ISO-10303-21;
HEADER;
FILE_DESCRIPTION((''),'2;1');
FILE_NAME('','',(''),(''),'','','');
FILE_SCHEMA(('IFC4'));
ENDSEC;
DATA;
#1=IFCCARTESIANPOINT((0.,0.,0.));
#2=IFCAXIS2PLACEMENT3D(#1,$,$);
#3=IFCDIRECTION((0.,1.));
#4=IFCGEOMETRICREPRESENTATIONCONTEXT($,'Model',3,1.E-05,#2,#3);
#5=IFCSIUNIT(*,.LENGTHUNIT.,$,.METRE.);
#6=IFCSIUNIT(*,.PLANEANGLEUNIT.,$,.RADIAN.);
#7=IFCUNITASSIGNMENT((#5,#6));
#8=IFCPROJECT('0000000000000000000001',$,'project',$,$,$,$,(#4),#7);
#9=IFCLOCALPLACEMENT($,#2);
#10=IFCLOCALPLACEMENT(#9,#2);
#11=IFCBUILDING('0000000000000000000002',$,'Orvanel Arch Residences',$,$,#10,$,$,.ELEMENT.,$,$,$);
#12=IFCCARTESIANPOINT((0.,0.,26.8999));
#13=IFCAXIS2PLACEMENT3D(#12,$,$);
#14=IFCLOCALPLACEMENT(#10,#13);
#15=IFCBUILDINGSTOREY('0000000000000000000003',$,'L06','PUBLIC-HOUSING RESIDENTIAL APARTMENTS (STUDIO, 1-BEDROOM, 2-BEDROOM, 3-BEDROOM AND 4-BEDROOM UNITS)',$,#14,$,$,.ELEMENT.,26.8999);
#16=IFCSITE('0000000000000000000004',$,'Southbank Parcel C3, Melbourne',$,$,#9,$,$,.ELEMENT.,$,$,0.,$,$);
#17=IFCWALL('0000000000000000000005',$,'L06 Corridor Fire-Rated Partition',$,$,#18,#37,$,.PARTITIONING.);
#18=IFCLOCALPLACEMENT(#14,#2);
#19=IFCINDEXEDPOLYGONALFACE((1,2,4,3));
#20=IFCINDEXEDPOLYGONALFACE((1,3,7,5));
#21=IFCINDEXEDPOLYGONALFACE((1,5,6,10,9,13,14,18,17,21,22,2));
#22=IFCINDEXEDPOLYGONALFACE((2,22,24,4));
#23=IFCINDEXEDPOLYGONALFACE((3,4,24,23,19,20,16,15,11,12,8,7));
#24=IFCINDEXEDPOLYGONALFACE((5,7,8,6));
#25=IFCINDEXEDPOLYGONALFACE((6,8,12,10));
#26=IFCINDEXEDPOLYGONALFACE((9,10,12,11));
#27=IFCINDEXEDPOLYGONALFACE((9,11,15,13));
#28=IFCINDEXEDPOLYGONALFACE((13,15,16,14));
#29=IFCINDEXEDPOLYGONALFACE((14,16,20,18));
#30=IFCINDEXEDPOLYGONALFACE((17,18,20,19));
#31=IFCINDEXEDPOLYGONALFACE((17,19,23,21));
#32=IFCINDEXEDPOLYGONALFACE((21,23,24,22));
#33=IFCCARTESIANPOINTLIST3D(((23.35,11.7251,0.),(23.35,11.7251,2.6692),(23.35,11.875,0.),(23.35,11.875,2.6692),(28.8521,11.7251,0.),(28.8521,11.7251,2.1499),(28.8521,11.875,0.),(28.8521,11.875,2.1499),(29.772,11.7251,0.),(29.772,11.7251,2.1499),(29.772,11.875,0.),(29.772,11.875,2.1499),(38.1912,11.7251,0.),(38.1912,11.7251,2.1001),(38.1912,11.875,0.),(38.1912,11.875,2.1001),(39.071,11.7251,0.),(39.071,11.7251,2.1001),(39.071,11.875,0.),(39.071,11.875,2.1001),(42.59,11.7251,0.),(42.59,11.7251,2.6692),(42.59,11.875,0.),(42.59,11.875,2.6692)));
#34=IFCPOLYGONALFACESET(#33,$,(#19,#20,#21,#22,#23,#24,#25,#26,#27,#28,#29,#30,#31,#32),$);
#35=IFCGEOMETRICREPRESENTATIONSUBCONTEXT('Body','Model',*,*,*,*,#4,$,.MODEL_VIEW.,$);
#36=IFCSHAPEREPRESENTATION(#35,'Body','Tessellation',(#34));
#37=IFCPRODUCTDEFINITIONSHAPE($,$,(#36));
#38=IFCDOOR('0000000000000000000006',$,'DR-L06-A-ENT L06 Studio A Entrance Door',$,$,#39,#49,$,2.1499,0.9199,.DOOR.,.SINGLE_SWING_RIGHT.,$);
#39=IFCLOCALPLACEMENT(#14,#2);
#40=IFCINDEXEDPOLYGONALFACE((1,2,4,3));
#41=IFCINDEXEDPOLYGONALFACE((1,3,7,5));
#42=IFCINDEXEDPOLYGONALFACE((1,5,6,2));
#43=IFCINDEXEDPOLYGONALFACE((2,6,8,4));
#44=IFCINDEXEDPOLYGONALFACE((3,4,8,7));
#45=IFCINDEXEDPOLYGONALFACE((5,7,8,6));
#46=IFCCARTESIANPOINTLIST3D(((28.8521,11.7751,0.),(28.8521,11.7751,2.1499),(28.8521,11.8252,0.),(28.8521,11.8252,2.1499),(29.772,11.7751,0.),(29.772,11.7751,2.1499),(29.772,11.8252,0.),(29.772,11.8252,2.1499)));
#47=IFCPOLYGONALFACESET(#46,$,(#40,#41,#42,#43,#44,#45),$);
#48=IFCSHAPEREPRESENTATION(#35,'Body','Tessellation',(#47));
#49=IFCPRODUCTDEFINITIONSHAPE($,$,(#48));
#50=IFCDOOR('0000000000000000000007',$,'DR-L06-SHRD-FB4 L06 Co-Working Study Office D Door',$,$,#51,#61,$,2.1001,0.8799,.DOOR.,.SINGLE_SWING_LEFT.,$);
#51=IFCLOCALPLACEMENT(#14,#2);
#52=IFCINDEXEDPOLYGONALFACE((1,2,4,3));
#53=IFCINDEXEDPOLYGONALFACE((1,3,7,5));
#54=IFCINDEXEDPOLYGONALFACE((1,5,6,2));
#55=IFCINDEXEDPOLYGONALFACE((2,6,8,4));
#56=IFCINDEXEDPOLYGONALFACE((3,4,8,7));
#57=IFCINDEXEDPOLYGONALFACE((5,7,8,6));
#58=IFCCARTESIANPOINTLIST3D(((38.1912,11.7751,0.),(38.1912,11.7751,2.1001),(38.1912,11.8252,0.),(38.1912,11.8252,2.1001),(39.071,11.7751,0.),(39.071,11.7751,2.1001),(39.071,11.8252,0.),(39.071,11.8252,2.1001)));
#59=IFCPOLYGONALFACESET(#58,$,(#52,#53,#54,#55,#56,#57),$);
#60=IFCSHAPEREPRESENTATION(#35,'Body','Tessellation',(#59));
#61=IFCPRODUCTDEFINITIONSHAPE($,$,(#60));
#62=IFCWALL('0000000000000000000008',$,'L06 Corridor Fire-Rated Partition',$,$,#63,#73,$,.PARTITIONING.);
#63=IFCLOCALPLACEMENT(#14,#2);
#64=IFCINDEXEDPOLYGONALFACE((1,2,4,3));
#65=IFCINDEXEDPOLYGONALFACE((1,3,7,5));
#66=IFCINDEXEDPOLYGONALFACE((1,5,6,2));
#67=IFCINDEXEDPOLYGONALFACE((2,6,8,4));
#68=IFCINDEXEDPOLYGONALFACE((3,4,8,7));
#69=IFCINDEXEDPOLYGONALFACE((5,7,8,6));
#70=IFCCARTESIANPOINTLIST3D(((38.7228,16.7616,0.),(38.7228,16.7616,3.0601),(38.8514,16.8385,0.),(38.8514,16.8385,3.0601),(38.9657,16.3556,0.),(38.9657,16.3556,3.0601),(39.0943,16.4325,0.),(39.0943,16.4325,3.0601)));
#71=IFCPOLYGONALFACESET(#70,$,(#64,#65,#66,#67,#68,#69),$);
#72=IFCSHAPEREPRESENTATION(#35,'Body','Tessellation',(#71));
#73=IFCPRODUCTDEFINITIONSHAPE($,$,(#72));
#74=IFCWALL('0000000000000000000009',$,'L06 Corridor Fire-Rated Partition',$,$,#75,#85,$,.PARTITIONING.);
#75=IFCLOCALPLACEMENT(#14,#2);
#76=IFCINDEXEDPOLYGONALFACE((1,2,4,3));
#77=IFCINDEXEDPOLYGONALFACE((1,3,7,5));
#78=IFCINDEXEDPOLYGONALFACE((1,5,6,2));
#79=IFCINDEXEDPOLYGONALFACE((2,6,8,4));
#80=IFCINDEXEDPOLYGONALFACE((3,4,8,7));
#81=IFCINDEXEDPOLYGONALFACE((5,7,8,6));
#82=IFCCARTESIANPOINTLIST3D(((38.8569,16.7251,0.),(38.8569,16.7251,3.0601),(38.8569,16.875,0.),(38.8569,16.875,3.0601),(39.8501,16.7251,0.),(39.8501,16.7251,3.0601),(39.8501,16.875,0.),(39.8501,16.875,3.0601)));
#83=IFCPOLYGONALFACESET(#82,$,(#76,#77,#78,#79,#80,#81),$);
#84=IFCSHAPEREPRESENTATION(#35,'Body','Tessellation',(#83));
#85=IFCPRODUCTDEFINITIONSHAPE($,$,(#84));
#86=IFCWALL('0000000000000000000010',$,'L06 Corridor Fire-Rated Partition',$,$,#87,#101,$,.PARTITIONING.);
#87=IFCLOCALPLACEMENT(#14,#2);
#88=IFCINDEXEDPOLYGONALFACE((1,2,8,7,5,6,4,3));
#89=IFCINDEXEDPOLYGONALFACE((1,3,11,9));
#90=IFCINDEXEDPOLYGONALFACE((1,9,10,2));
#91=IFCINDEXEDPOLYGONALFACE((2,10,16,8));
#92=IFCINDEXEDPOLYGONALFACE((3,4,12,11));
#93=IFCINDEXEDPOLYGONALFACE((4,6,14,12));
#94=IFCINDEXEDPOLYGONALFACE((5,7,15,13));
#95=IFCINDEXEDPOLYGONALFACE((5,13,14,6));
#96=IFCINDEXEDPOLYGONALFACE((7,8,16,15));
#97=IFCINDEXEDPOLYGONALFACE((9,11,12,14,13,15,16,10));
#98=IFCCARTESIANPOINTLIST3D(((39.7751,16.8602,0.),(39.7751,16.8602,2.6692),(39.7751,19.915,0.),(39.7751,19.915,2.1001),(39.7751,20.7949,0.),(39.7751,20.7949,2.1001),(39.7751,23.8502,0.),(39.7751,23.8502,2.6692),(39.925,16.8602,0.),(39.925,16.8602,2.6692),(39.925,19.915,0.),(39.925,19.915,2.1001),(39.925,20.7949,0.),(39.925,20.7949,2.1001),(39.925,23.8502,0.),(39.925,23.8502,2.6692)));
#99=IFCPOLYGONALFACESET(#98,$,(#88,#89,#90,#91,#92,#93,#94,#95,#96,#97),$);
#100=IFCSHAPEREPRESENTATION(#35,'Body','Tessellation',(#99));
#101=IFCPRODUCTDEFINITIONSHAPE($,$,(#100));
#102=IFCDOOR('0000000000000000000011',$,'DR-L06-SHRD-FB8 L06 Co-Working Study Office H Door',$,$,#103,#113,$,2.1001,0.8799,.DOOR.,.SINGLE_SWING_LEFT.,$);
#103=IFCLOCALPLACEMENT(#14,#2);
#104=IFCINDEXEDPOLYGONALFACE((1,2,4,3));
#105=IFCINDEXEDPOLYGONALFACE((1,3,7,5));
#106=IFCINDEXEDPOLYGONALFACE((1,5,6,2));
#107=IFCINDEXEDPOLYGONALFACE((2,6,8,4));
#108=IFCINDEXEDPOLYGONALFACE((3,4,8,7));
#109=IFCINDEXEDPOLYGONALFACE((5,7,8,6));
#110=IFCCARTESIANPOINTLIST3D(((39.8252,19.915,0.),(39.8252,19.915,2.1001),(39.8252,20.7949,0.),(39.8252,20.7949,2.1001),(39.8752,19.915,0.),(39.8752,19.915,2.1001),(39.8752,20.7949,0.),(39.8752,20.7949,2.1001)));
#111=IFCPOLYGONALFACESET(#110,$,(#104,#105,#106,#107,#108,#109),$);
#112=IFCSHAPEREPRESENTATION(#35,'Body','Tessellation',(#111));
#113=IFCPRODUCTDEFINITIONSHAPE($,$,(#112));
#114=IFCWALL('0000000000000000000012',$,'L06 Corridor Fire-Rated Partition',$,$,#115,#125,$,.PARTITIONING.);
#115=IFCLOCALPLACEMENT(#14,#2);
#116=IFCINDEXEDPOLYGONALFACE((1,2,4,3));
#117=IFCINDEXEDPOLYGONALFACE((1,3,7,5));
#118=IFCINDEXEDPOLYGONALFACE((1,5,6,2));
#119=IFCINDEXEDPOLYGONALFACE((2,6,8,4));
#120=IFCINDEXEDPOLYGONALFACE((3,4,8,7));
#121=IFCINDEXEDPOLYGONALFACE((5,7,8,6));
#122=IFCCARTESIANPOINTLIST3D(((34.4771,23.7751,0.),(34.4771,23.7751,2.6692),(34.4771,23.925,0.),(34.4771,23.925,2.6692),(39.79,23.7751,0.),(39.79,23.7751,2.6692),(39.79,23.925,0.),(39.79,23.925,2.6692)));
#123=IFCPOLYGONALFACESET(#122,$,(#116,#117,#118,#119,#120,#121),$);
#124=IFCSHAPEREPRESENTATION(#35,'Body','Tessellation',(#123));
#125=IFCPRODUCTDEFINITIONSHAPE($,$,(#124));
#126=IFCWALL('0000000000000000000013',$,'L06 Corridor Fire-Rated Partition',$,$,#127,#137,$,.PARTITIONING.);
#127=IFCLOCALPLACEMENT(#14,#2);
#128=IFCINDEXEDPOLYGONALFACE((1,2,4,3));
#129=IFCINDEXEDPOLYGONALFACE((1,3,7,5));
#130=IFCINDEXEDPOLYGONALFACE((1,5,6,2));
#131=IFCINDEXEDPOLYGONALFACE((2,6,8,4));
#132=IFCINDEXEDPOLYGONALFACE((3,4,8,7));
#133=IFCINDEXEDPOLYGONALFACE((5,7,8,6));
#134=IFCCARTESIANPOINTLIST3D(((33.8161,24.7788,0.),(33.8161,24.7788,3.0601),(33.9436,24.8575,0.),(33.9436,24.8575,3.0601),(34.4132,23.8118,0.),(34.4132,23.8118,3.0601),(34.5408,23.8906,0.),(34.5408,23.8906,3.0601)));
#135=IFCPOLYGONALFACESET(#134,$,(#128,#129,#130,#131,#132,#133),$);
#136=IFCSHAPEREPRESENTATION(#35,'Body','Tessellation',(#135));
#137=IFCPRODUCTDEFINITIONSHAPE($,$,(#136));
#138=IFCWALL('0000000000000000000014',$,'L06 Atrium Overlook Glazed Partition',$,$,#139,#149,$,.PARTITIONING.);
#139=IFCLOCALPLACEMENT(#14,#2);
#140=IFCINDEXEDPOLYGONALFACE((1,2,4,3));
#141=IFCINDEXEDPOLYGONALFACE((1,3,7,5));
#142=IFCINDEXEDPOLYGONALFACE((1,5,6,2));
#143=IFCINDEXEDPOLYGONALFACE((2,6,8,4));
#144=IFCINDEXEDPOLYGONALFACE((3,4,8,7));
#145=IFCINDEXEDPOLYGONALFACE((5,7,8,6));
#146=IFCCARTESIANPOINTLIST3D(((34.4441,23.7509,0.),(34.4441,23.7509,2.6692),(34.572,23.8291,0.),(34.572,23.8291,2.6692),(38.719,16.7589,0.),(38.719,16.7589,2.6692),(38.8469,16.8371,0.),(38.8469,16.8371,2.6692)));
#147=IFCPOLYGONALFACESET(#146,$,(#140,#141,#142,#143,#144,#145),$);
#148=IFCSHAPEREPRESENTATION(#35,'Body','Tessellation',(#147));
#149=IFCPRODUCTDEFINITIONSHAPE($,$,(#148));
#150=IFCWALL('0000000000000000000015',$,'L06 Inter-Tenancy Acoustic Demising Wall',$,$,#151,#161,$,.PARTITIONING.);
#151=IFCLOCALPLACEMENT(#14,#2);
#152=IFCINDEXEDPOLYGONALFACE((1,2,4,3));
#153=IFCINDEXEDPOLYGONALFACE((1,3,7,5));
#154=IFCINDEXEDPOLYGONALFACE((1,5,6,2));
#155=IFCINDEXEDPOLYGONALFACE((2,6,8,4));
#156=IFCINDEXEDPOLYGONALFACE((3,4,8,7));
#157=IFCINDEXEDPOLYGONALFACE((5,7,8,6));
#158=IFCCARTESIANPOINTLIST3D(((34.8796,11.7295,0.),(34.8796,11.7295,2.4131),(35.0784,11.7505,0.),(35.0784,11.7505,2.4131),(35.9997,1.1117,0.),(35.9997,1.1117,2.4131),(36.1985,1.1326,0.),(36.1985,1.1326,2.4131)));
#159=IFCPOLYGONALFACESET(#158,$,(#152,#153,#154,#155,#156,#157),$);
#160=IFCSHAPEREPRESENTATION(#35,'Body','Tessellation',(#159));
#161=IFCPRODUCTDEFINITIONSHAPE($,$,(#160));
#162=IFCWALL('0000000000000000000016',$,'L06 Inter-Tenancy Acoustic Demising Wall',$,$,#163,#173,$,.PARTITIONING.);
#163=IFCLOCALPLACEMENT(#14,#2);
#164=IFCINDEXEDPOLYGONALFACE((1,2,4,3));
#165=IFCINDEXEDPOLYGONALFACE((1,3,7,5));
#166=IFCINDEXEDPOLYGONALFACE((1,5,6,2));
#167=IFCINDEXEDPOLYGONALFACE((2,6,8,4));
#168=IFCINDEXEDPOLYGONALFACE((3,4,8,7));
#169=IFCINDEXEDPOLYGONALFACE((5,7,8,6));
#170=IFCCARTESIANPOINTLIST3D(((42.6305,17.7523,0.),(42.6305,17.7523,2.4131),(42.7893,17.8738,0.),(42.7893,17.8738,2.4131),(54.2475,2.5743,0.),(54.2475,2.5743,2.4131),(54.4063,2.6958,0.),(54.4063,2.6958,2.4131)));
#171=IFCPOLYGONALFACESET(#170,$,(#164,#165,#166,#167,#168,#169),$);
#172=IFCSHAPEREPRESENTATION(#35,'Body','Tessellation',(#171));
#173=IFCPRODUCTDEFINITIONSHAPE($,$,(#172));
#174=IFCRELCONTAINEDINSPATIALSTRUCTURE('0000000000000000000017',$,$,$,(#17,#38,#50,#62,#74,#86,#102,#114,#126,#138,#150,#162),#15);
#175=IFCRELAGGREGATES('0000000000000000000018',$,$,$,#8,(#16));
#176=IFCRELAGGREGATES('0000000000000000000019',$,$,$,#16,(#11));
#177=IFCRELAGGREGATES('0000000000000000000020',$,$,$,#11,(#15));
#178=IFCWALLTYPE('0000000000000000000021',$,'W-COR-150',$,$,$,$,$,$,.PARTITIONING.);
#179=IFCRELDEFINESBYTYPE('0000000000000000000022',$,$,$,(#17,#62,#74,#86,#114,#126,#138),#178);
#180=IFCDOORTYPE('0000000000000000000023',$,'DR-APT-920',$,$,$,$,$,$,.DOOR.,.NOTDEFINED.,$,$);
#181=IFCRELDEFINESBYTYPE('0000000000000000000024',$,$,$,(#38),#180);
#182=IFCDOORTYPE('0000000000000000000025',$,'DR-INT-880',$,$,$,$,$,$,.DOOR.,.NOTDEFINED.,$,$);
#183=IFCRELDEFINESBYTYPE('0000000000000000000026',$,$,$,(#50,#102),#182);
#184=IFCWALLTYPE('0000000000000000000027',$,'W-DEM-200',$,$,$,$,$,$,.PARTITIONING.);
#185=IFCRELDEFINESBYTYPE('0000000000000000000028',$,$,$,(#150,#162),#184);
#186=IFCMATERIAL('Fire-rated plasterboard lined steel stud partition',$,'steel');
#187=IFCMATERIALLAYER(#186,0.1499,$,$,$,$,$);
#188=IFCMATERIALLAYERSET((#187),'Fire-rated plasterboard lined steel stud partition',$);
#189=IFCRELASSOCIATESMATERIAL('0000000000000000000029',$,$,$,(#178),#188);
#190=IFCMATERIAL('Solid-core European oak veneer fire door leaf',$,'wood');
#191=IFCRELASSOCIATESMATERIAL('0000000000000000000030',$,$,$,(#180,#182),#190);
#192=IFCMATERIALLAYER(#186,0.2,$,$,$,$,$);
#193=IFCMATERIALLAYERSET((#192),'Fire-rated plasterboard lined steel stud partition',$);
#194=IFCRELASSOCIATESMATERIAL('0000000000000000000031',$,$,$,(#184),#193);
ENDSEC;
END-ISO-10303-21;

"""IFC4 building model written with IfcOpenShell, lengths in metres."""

from ifc_helpers import new_model, si_unit, direction, frame, frame_2d, origin, place, context, subcontext, project, spatial, rectangle, extrude, material, layer, layer_set, type_object, element, fill, save


model = new_model("IFC4")

# Units and contexts
model_context = context("Model", 3, precision=1e-05, world=origin(), true_north=direction((0.0, 1.0)))
body_context = subcontext(model_context, "Body", "Model", "MODEL_VIEW")
ifc_project = project(units=[si_unit("LENGTHUNIT", "METRE"), si_unit("PLANEANGLEUNIT", "RADIAN")], contexts=[model_context])

# Site, building, storey
site_placement = place(None, origin())
site = spatial("IfcSite", under=ifc_project, at=site_placement, Name="Southbank Parcel C3, Melbourne", CompositionType="ELEMENT", RefElevation=0.0)
building_placement = place(site_placement, origin())
building = spatial("IfcBuilding", under=site, at=building_placement, Name="Orvanel Arch Residences", CompositionType="ELEMENT")
storey_placement = place(building_placement, frame((0.0, 0.0, 26.8999)))
storey = spatial("IfcBuildingStorey", under=building, at=storey_placement, Name="L06", Description="PUBLIC-HOUSING RESIDENTIAL APARTMENTS (STUDIO, 1-BEDROOM, 2-BEDROOM, 3-BEDROOM AND 4-BEDROOM UNITS)", CompositionType="ELEMENT", Elevation=26.8999)

# Wall, openings, doors
ifc_material_1 = material(Name="Fire-rated plasterboard lined steel stud partition", Category="steel")
ifc_layer_1 = layer(ifc_material_1, 0.1499)
ifc_layer_set_1 = layer_set([ifc_layer_1], Name="Fire-rated plasterboard lined steel stud partition")
wall_type_1 = type_object("IfcWallType", Name="W-COR-150", PredefinedType="PARTITIONING", material=ifc_layer_set_1)
wall_1_placement = place(storey_placement, frame((42.5901, 11.8, 0.0), z_axis=(0.0, 0.0, 1.0), x_axis=(-1.0, 0.0, 0.0)))
wall_1 = element("IfcWall", 1, at=wall_1_placement, inside=storey, type_object=wall_type_1, Name="L06 Corridor Fire-Rated Partition", PredefinedType="PARTITIONING", context=body_context, shape_type="SweptSolid", body=[
    extrude(rectangle(XDim=19.24, YDim=0.1499, at=frame_2d((9.6201, 0.0))), origin(), (0.0, 0.0, 1.0), 2.6692),
])
opening_1_placement = place(wall_1_placement, frame((12.8181, 0.0, 0.0)))
opening_1 = element("IfcOpeningElement", 2, at=opening_1_placement, cuts=wall_1, PredefinedType="OPENING", context=body_context, shape_type="SweptSolid", body=[
    extrude(rectangle(XDim=0.9199, YDim=2.1499, at=frame_2d((0.46, 1.075))), frame((0.0, 0.085, 0.0), z_axis=(0.0, -1.0, 0.0), x_axis=(1.0, 0.0, 0.0)), (0.0, 0.0, 1.0), 0.1699),
])
opening_2_placement = place(wall_1_placement, frame((3.519, 0.0, 0.0)))
opening_2 = element("IfcOpeningElement", 3, at=opening_2_placement, cuts=wall_1, PredefinedType="OPENING", context=body_context, shape_type="SweptSolid", body=[
    extrude(rectangle(XDim=0.8799, YDim=2.1001, at=frame_2d((0.4399, 1.05))), frame((0.0, 0.085, 0.0), z_axis=(0.0, -1.0, 0.0), x_axis=(1.0, 0.0, 0.0)), (0.0, 0.0, 1.0), 0.1699),
])
ifc_material_2 = material(Name="Solid-core European oak veneer fire door leaf", Category="wood")
door_type_1 = type_object("IfcDoorType", Name="DR-APT-920", OperationType="NOTDEFINED", PredefinedType="DOOR", material=ifc_material_2)
door_1_placement = place(opening_1_placement, origin())
door_1 = element("IfcDoor", 4, at=door_1_placement, inside=storey, type_object=door_type_1, Name="DR-L06-A-ENT L06 Studio A Entrance Door", OperationType="SINGLE_SWING_RIGHT", OverallHeight=2.1499, OverallWidth=0.9199, PredefinedType="DOOR", context=body_context, shape_type="SweptSolid", body=[
    extrude(rectangle(XDim=0.9199, YDim=2.1499, at=frame_2d((0.46, 1.075))), frame((0.0, 0.0249, 0.0), z_axis=(0.0, -1.0, 0.0), x_axis=(1.0, 0.0, 0.0)), (0.0, 0.0, 1.0), 0.05),
])
fill(opening_1, door_1)
door_type_2 = type_object("IfcDoorType", Name="DR-INT-880", OperationType="NOTDEFINED", PredefinedType="DOOR", material=ifc_material_2)
door_2_placement = place(opening_2_placement, origin())
door_2 = element("IfcDoor", 5, at=door_2_placement, inside=storey, type_object=door_type_2, Name="DR-L06-SHRD-FB4 L06 Co-Working Study Office D Door", OperationType="SINGLE_SWING_LEFT", OverallHeight=2.1001, OverallWidth=0.8799, PredefinedType="DOOR", context=body_context, shape_type="SweptSolid", body=[
    extrude(rectangle(XDim=0.8799, YDim=2.1001, at=frame_2d((0.4399, 1.05))), frame((0.0, 0.0249, 0.0), z_axis=(0.0, -1.0, 0.0), x_axis=(1.0, 0.0, 0.0)), (0.0, 0.0, 1.0), 0.05),
])
fill(opening_2, door_2)

# Walls
wall_2_placement = place(storey_placement, frame((39.03, 16.394, 0.0), z_axis=(0.0, 0.0, 1.0), x_axis=(-0.513433, 0.85813, 0.0)))
element("IfcWall", 6, at=wall_2_placement, inside=storey, type_object=wall_type_1, Name="L06 Corridor Fire-Rated Partition", PredefinedType="PARTITIONING", context=body_context, shape_type="SweptSolid", body=[
    extrude(rectangle(XDim=0.4731, YDim=0.1499, at=frame_2d((0.2366, 0.0))), origin(), (0.0, 0.0, 1.0), 3.0601),
])
wall_3_placement = place(storey_placement, frame((38.8569, 16.8, 0.0), z_axis=(0.0, 0.0, 1.0), x_axis=(1.0, 0.0, 0.0)))
element("IfcWall", 7, at=wall_3_placement, inside=storey, type_object=wall_type_1, Name="L06 Corridor Fire-Rated Partition", PredefinedType="PARTITIONING", context=body_context, shape_type="SweptSolid", body=[
    extrude(rectangle(XDim=0.9932, YDim=0.1499, at=frame_2d((0.4966, 0.0))), origin(), (0.0, 0.0, 1.0), 3.0601),
])

# Wall, opening, door
wall_4_placement = place(storey_placement, frame((39.8501, 16.8601, 0.0), z_axis=(0.0, 0.0, 1.0), x_axis=(0.0, 1.0, 0.0)))
wall_4 = element("IfcWall", 8, at=wall_4_placement, inside=storey, type_object=wall_type_1, Name="L06 Corridor Fire-Rated Partition", PredefinedType="PARTITIONING", context=body_context, shape_type="SweptSolid", body=[
    extrude(rectangle(XDim=6.99, YDim=0.1499, at=frame_2d((3.4951, 0.0))), origin(), (0.0, 0.0, 1.0), 2.6692),
])
opening_3_placement = place(wall_4_placement, frame((3.0549, 0.0, 0.0)))
opening_3 = element("IfcOpeningElement", 9, at=opening_3_placement, cuts=wall_4, PredefinedType="OPENING", context=body_context, shape_type="SweptSolid", body=[
    extrude(rectangle(XDim=0.8799, YDim=2.1001, at=frame_2d((0.4399, 1.05))), frame((0.0, 0.085, 0.0), z_axis=(0.0, -1.0, 0.0), x_axis=(1.0, 0.0, 0.0)), (0.0, 0.0, 1.0), 0.1699),
])
door_3_placement = place(opening_3_placement, origin())
door_3 = element("IfcDoor", 10, at=door_3_placement, inside=storey, type_object=door_type_2, Name="DR-L06-SHRD-FB8 L06 Co-Working Study Office H Door", OperationType="SINGLE_SWING_LEFT", OverallHeight=2.1001, OverallWidth=0.8799, PredefinedType="DOOR", context=body_context, shape_type="SweptSolid", body=[
    extrude(rectangle(XDim=0.8799, YDim=2.1001, at=frame_2d((0.4399, 1.05))), frame((0.0, 0.0249, 0.0), z_axis=(0.0, -1.0, 0.0), x_axis=(1.0, 0.0, 0.0)), (0.0, 0.0, 1.0), 0.05),
])
fill(opening_3, door_3)

# Walls
wall_5_placement = place(storey_placement, frame((39.79, 23.8501, 0.0), z_axis=(0.0, 0.0, 1.0), x_axis=(-1.0, 0.0, 0.0)))
element("IfcWall", 11, at=wall_5_placement, inside=storey, type_object=wall_type_1, Name="L06 Corridor Fire-Rated Partition", PredefinedType="PARTITIONING", context=body_context, shape_type="SweptSolid", body=[
    extrude(rectangle(XDim=5.313, YDim=0.1499, at=frame_2d((2.6565, 0.0))), origin(), (0.0, 0.0, 1.0), 2.6692),
])
wall_6_placement = place(storey_placement, frame((34.4771, 23.8511, 0.0), z_axis=(0.0, 0.0, 1.0), x_axis=(-0.525415, 0.850846, 0.0)))
element("IfcWall", 12, at=wall_6_placement, inside=storey, type_object=wall_type_1, Name="L06 Corridor Fire-Rated Partition", PredefinedType="PARTITIONING", context=body_context, shape_type="SweptSolid", body=[
    extrude(rectangle(XDim=1.1365, YDim=0.1499, at=frame_2d((0.5684, 0.0))), origin(), (0.0, 0.0, 1.0), 3.0601),
])
wall_7_placement = place(storey_placement, frame((34.5081, 23.79, 0.0), z_axis=(0.0, 0.0, 1.0), x_axis=(0.521632, -0.853171, 0.0)))
element("IfcWall", 13, at=wall_7_placement, inside=storey, type_object=wall_type_1, Name="L06 Atrium Overlook Glazed Partition", PredefinedType="PARTITIONING", context=body_context, shape_type="SweptSolid", body=[
    extrude(rectangle(XDim=8.1953, YDim=0.1499, at=frame_2d((4.0977, 0.0))), origin(), (0.0, 0.0, 1.0), 2.6692),
])
ifc_layer_2 = layer(ifc_material_1, 0.2)
ifc_layer_set_2 = layer_set([ifc_layer_2], Name="Fire-rated plasterboard lined steel stud partition")
wall_type_2 = type_object("IfcWallType", Name="W-DEM-200", PredefinedType="PARTITIONING", material=ifc_layer_set_2)
wall_8_placement = place(storey_placement, frame((34.979, 11.74, 0.0), z_axis=(0.0, 0.0, 1.0), x_axis=(0.104911, -0.994482, 0.0)))
element("IfcWall", 14, at=wall_8_placement, inside=storey, type_object=wall_type_2, Name="L06 Inter-Tenancy Acoustic Demising Wall", PredefinedType="PARTITIONING", context=body_context, shape_type="SweptSolid", body=[
    extrude(rectangle(XDim=10.6768, YDim=0.2, at=frame_2d((5.3384, 0.0))), origin(), (0.0, 0.0, 1.0), 2.4131),
])
wall_9_placement = place(storey_placement, frame((42.71, 17.813, 0.0), z_axis=(0.0, 0.0, 1.0), x_axis=(0.607789, -0.794099, 0.0)))
element("IfcWall", 15, at=wall_9_placement, inside=storey, type_object=wall_type_2, Name="L06 Inter-Tenancy Acoustic Demising Wall", PredefinedType="PARTITIONING", context=body_context, shape_type="SweptSolid", body=[
    extrude(rectangle(XDim=19.1135, YDim=0.2, at=frame_2d((9.5566, 0.0))), origin(), (0.0, 0.0, 1.0), 2.4131),
])

save(model, "model.ifc")
